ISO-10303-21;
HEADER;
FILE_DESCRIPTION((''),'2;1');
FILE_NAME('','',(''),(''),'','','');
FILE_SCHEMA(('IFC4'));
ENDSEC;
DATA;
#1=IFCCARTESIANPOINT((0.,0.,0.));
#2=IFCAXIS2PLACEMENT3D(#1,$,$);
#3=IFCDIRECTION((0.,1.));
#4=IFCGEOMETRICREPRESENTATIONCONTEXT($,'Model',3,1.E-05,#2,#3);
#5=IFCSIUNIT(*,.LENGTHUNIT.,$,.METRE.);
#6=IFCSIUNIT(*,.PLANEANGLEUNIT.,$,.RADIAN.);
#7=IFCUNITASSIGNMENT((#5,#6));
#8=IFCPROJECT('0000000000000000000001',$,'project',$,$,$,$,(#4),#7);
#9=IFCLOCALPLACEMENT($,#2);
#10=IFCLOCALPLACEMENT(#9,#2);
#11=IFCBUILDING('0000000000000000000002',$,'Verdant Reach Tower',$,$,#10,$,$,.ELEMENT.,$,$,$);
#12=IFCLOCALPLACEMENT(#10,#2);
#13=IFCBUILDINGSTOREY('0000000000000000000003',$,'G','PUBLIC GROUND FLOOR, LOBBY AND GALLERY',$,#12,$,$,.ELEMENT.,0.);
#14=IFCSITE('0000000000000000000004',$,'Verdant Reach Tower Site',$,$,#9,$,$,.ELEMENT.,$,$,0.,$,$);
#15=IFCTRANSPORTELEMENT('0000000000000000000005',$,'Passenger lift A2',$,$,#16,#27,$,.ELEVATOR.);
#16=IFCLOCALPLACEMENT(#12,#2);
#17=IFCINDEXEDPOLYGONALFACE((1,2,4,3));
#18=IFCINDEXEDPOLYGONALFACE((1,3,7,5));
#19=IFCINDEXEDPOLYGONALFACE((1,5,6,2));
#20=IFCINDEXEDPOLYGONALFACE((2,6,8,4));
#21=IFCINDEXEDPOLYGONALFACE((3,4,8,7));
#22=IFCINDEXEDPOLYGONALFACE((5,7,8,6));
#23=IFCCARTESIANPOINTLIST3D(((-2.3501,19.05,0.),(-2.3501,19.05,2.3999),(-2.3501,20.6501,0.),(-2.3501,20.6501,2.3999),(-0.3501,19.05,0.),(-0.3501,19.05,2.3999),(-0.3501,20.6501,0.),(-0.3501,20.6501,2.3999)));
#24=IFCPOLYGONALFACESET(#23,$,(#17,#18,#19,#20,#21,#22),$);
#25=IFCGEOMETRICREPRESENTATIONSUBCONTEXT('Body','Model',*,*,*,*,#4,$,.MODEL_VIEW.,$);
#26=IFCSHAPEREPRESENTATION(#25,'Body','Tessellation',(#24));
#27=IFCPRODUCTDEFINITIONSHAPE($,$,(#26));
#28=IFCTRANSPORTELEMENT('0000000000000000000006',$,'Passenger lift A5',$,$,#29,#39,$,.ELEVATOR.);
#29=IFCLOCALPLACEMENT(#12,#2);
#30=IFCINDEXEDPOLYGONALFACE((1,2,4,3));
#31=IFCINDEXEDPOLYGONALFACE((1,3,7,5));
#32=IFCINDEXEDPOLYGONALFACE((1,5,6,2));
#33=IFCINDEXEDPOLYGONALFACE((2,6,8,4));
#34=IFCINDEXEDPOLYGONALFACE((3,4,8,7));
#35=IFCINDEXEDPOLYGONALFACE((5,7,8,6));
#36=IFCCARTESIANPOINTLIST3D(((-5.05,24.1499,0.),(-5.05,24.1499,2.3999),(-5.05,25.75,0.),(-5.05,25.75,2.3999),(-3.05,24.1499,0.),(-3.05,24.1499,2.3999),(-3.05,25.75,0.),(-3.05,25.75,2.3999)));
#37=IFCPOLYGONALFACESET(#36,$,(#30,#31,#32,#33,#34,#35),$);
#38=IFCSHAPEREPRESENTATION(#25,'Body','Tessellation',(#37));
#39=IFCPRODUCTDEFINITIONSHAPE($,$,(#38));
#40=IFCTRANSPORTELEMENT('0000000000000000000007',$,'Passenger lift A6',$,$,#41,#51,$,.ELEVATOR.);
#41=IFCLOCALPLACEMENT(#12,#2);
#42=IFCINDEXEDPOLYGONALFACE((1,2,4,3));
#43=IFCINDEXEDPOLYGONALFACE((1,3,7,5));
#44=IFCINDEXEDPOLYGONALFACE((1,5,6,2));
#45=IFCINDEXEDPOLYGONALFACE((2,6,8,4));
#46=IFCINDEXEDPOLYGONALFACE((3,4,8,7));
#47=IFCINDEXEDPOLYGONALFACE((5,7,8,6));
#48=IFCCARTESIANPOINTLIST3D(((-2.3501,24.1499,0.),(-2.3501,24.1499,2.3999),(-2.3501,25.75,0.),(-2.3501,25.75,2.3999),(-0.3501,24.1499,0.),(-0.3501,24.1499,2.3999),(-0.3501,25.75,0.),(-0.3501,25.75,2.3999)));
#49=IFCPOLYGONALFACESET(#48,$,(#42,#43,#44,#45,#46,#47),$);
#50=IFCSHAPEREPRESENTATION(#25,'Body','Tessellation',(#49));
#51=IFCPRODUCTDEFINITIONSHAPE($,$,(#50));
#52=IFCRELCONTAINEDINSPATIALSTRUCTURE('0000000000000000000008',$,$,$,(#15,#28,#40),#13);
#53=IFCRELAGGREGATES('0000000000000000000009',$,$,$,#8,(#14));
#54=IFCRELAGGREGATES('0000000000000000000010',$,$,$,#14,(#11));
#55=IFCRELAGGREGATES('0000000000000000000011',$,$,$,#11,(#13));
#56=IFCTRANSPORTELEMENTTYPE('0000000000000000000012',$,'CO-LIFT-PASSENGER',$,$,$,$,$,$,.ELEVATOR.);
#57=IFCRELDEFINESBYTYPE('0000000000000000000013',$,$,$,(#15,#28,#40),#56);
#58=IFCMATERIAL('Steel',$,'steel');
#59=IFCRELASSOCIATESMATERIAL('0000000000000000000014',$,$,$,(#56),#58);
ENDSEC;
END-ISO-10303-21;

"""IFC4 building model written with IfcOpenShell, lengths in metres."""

from ifc_helpers import new_model, si_unit, direction, frame, origin, origin_2d, place, context, subcontext, project, spatial, rectangle, extrude, material, type_object, element, save


model = new_model("IFC4")

# Units and contexts
model_context = context("Model", 3, precision=1e-05, world=origin(), true_north=direction((0.0, 1.0)))
body_context = subcontext(model_context, "Body", "Model", "MODEL_VIEW")
ifc_project = project(units=[si_unit("LENGTHUNIT", "METRE"), si_unit("PLANEANGLEUNIT", "RADIAN")], contexts=[model_context])

# Site, building, storey
site_placement = place(None, origin())
site = spatial("IfcSite", under=ifc_project, at=site_placement, Name="Verdant Reach Tower Site", CompositionType="ELEMENT", RefElevation=0.0)
building_placement = place(site_placement, origin())
building = spatial("IfcBuilding", under=site, at=building_placement, Name="Verdant Reach Tower", CompositionType="ELEMENT")
storey_placement = place(building_placement, origin())
storey = spatial("IfcBuildingStorey", under=building, at=storey_placement, Name="G", Description="PUBLIC GROUND FLOOR, LOBBY AND GALLERY", CompositionType="ELEMENT", Elevation=0.0)

# Shared definitions
ifc_material_1 = material(Name="Steel", Category="steel")

# Transport elements
transport_element_type = type_object("IfcTransportElementType", Name="CO-LIFT-PASSENGER", PredefinedType="ELEVATOR", material=ifc_material_1)
for number, where, z_axis, x_axis, name in (
    (1, (-1.3501, 19.8501, 0.0), (0.0, 0.0, 1.0), (1.0, 0.0, 0.0), "Passenger lift A2"),
    (2, (-4.05, 24.95, 0.0), (0.0, 0.0, 1.0), (1.0, 0.0, 0.0), "Passenger lift A5"),
    (3, (-1.3501, 24.95, 0.0), (0.0, 0.0, 1.0), (1.0, 0.0, 0.0), "Passenger lift A6"),
):
    element("IfcTransportElement", number, at=place(storey_placement, frame(where, z_axis=z_axis, x_axis=x_axis)), inside=storey, type_object=transport_element_type, Name=name, PredefinedType="ELEVATOR", context=body_context, shape_type="SweptSolid", body=[
        extrude(rectangle(XDim=2.0, YDim=1.6001, at=origin_2d()), origin(), (0.0, 0.0, 1.0), 2.3999),
    ])

save(model, "model.ifc")
